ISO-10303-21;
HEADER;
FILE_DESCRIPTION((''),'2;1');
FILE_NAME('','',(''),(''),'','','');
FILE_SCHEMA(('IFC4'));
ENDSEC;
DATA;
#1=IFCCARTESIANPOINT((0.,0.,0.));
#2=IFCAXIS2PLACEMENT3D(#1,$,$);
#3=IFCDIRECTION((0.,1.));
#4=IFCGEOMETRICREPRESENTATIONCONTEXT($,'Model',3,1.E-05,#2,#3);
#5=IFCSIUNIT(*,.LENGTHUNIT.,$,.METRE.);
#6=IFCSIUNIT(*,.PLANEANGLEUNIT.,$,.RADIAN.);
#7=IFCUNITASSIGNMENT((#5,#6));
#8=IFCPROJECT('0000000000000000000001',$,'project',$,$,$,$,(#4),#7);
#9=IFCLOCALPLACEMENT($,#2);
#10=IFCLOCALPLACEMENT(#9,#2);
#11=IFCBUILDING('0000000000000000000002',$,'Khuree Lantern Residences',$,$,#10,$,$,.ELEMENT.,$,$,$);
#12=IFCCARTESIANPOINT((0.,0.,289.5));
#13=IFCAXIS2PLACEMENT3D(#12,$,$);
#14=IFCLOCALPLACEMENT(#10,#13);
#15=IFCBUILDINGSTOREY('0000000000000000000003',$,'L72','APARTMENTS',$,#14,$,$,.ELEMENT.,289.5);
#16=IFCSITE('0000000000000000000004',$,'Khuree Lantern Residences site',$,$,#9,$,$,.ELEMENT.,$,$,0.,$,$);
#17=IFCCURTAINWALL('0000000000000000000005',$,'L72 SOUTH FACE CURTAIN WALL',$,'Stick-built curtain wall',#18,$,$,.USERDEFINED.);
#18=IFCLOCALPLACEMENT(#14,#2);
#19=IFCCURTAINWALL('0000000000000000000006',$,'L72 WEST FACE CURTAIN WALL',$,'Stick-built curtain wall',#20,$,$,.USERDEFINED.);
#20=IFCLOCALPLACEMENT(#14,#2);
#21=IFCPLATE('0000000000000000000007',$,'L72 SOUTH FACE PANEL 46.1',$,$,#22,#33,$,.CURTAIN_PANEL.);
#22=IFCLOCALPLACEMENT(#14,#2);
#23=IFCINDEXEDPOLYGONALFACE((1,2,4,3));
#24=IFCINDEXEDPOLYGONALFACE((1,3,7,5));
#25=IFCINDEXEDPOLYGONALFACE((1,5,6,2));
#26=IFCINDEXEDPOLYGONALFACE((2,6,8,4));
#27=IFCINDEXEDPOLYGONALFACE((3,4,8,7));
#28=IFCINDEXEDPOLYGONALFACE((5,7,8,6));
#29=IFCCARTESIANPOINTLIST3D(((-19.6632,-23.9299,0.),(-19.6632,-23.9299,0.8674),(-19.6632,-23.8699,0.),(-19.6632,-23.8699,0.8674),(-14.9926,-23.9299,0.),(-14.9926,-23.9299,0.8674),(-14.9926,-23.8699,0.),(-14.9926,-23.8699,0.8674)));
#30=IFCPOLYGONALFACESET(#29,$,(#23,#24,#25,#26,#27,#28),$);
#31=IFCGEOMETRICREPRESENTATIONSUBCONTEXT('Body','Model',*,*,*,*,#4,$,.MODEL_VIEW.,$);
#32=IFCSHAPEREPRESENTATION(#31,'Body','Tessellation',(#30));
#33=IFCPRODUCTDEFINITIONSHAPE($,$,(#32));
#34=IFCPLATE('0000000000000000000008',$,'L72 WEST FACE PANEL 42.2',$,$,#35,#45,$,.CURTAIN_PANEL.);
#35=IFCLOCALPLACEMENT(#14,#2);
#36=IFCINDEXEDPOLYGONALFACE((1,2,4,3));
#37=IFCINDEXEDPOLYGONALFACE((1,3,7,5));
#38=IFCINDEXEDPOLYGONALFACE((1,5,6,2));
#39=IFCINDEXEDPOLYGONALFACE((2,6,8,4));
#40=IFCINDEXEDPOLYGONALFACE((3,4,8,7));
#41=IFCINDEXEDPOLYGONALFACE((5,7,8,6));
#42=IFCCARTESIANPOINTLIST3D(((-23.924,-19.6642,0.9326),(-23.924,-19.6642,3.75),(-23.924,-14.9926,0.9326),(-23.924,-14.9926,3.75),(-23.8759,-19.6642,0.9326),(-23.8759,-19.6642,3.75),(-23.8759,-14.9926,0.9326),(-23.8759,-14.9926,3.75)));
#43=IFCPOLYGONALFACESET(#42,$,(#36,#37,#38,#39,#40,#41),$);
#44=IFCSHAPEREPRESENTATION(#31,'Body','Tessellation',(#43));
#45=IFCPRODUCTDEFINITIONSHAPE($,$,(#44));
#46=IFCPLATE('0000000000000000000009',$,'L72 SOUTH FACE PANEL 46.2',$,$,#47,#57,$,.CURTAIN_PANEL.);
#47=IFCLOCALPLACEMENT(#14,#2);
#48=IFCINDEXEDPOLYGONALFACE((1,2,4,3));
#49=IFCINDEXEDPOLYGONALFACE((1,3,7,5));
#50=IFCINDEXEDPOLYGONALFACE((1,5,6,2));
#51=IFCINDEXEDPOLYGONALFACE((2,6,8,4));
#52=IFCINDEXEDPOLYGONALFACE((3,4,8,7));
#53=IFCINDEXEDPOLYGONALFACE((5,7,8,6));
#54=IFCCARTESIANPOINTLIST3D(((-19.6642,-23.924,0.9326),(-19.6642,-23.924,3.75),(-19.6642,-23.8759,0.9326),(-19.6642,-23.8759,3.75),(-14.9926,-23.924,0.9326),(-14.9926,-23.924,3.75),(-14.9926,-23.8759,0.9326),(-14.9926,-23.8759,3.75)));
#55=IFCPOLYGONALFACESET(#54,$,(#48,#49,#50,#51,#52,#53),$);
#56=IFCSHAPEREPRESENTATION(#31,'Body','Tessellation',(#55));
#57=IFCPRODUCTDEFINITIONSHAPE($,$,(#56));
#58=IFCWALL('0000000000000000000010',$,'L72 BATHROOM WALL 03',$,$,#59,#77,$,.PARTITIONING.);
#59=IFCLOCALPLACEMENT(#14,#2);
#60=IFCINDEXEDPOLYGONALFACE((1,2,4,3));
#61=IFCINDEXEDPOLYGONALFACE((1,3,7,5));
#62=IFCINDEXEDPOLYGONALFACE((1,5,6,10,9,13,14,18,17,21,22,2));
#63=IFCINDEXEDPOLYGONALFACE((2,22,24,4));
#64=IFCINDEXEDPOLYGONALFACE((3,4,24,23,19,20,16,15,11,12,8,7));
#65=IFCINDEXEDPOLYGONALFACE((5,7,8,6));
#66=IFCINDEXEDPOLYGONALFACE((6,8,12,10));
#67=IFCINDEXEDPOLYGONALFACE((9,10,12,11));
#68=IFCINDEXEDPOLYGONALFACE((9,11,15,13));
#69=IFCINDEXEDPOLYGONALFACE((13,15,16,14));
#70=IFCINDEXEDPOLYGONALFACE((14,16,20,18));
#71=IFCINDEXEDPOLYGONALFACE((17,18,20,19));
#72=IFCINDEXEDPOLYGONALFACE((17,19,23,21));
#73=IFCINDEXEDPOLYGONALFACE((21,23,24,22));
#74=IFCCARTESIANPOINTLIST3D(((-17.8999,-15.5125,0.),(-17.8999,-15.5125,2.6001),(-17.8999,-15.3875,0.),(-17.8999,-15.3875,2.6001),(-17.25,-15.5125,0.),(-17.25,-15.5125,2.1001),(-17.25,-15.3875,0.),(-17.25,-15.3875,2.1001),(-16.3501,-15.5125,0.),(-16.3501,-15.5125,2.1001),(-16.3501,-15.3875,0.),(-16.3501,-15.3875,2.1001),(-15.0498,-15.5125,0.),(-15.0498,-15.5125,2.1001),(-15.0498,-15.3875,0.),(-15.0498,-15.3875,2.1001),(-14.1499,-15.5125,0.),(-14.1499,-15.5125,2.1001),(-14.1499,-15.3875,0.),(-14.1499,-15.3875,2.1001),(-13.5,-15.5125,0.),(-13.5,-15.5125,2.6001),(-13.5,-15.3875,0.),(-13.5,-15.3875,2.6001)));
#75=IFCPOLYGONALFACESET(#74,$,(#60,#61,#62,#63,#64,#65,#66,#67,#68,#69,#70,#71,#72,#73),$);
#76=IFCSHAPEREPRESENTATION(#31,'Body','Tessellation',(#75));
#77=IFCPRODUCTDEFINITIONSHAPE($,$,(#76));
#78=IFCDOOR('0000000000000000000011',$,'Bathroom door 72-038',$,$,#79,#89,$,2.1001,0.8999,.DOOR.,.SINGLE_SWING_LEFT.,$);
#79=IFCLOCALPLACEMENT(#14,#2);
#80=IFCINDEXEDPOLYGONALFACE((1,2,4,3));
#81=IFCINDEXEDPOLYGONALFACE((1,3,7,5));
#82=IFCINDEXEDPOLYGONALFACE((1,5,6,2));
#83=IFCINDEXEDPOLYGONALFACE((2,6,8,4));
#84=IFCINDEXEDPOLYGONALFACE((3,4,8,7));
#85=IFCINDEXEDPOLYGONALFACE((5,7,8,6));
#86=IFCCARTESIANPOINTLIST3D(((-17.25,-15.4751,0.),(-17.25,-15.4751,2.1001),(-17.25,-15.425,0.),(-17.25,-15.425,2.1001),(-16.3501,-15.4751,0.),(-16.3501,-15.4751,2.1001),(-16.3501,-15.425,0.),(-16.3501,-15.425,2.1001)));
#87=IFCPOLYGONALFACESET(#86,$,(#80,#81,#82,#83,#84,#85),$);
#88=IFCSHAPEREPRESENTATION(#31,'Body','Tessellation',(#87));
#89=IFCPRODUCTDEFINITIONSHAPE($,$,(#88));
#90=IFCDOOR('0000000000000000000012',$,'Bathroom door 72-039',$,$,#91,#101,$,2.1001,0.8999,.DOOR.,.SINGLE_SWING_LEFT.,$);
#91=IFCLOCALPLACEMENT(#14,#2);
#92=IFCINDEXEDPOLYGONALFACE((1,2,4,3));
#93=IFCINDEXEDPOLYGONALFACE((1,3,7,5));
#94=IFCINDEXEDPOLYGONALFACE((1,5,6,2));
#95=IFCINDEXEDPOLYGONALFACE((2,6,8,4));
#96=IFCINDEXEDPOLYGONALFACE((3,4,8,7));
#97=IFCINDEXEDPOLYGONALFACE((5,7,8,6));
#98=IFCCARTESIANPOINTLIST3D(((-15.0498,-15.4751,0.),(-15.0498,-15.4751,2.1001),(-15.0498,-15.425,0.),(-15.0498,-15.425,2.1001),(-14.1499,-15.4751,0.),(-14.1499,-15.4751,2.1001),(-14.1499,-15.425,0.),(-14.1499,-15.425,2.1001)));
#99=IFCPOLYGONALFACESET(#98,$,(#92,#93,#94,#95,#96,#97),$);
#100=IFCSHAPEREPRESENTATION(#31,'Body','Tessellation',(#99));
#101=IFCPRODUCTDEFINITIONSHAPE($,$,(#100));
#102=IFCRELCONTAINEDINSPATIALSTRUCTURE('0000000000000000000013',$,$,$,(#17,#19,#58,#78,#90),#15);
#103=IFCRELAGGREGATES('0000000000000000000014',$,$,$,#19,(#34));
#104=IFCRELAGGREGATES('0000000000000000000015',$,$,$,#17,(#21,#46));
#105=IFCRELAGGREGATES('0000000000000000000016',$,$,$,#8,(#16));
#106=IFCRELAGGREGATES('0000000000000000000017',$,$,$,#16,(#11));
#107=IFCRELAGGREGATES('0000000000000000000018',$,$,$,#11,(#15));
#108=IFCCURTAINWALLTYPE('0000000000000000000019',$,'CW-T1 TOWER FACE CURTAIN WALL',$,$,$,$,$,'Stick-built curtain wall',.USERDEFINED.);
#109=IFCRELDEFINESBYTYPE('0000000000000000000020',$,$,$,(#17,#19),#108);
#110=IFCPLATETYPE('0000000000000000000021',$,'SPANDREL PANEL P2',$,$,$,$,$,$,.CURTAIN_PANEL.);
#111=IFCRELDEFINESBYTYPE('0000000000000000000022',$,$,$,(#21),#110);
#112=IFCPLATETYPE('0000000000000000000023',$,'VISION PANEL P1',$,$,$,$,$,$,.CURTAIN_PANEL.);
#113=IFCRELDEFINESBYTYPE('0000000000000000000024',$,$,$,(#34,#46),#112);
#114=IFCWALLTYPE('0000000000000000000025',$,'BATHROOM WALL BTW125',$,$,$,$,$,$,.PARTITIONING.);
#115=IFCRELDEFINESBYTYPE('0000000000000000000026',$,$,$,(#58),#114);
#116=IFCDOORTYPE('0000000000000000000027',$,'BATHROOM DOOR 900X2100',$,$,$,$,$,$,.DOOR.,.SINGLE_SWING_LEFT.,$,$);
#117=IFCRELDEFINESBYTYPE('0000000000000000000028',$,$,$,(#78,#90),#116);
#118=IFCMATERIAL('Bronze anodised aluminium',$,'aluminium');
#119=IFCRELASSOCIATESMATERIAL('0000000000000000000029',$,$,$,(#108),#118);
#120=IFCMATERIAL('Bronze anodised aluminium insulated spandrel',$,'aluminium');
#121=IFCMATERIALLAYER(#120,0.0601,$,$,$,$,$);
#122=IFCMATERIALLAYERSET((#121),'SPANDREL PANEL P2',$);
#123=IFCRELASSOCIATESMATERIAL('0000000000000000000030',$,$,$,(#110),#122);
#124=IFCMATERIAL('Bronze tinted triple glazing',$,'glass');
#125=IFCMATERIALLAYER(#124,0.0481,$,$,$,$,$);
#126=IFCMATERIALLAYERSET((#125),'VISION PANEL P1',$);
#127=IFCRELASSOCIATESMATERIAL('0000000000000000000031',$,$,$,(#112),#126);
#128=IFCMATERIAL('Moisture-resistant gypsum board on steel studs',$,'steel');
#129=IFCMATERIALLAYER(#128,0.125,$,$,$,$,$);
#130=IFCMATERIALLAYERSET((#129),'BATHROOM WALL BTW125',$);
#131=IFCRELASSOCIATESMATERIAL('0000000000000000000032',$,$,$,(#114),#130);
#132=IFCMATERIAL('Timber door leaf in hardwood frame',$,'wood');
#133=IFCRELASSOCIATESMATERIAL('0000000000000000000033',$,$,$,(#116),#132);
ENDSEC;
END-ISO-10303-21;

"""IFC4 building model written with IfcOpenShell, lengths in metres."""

from ifc_helpers import new_model, si_unit, direction, frame, frame_2d, origin, origin_2d, place, context, subcontext, project, spatial, rectangle, extrude, material, layer, layer_set, type_object, element, fill, aggregate, save


model = new_model("IFC4")

# Units and contexts
model_context = context("Model", 3, precision=1e-05, world=origin(), true_north=direction((0.0, 1.0)))
body_context = subcontext(model_context, "Body", "Model", "MODEL_VIEW")
ifc_project = project(units=[si_unit("LENGTHUNIT", "METRE"), si_unit("PLANEANGLEUNIT", "RADIAN")], contexts=[model_context])

# Site, building, storey
site_placement = place(None, origin())
site = spatial("IfcSite", under=ifc_project, at=site_placement, Name="Khuree Lantern Residences site", CompositionType="ELEMENT", RefElevation=0.0)
building_placement = place(site_placement, origin())
building = spatial("IfcBuilding", under=site, at=building_placement, Name="Khuree Lantern Residences", CompositionType="ELEMENT")
storey_placement = place(building_placement, frame((0.0, 0.0, 289.5)))
storey = spatial("IfcBuildingStorey", under=building, at=storey_placement, Name="L72", Description="APARTMENTS", CompositionType="ELEMENT", Elevation=289.5)

# Curtain wall
ifc_material_1 = material(Name="Bronze anodised aluminium", Category="aluminium")
curtain_wall_type_1 = type_object("IfcCurtainWallType", Name="CW-T1 TOWER FACE CURTAIN WALL", ElementType="Stick-built curtain wall", PredefinedType="USERDEFINED", material=ifc_material_1)
curtain_wall_1_placement = place(storey_placement, origin())
curtain_wall_1 = element("IfcCurtainWall", 1, at=curtain_wall_1_placement, inside=storey, type_object=curtain_wall_type_1, Name="L72 SOUTH FACE CURTAIN WALL", ObjectType="Stick-built curtain wall", PredefinedType="USERDEFINED")

# Curtain wall
curtain_wall_2_placement = place(storey_placement, origin())
curtain_wall_2 = element("IfcCurtainWall", 2, at=curtain_wall_2_placement, inside=storey, type_object=curtain_wall_type_1, Name="L72 WEST FACE CURTAIN WALL", ObjectType="Stick-built curtain wall", PredefinedType="USERDEFINED")

# Plates
ifc_material_2 = material(Name="Bronze tinted triple glazing", Category="glass")
ifc_material_3 = material(Name="Bronze anodised aluminium insulated spandrel", Category="aluminium")
ifc_layer_1 = layer(ifc_material_3, 0.0601)
ifc_layer_set_1 = layer_set([ifc_layer_1], Name="SPANDREL PANEL P2")
plate_type_1 = type_object("IfcPlateType", Name="SPANDREL PANEL P2", PredefinedType="CURTAIN_PANEL", material=ifc_layer_set_1)
plate_1_placement = place(storey_placement, frame((-17.3279, -23.8999, 0.0), z_axis=(0.0, 0.0, 1.0), x_axis=(1.0, 0.0, 0.0)))
plate_1 = element("IfcPlate", 3, at=plate_1_placement, type_object=plate_type_1, Name="L72 SOUTH FACE PANEL 46.1", PredefinedType="CURTAIN_PANEL", context=body_context, shape_type="SweptSolid", body=[
    extrude(rectangle(XDim=4.6707, YDim=0.0601, at=origin_2d()), origin(), (0.0, 0.0, 1.0), 0.8674),
])
ifc_layer_2 = layer(ifc_material_2, 0.0481)
ifc_layer_set_2 = layer_set([ifc_layer_2], Name="VISION PANEL P1")
plate_type_2 = type_object("IfcPlateType", Name="VISION PANEL P1", PredefinedType="CURTAIN_PANEL", material=ifc_layer_set_2)
plate_2_placement = place(storey_placement, frame((-23.8999, -17.3284, 0.9326), z_axis=(0.0, 0.0, 1.0), x_axis=(0.0, -1.0, 0.0)))
plate_2 = element("IfcPlate", 4, at=plate_2_placement, type_object=plate_type_2, Name="L72 WEST FACE PANEL 42.2", PredefinedType="CURTAIN_PANEL", context=body_context, shape_type="SweptSolid", body=[
    extrude(rectangle(XDim=4.6716, YDim=0.0481, at=origin_2d()), origin(), (0.0, 0.0, 1.0), 2.8174),
])
aggregate(curtain_wall_2, [plate_2])
plate_3_placement = place(storey_placement, frame((-17.3284, -23.8999, 0.9326), z_axis=(0.0, 0.0, 1.0), x_axis=(1.0, 0.0, 0.0)))
plate_3 = element("IfcPlate", 5, at=plate_3_placement, type_object=plate_type_2, Name="L72 SOUTH FACE PANEL 46.2", PredefinedType="CURTAIN_PANEL", context=body_context, shape_type="SweptSolid", body=[
    extrude(rectangle(XDim=4.6716, YDim=0.0481, at=origin_2d()), origin(), (0.0, 0.0, 1.0), 2.8174),
])
aggregate(curtain_wall_1, [plate_1, plate_3])

# Wall, openings, doors
ifc_material_4 = material(Name="Moisture-resistant gypsum board on steel studs", Category="steel")
ifc_layer_3 = layer(ifc_material_4, 0.125)
ifc_layer_set_3 = layer_set([ifc_layer_3], Name="BATHROOM WALL BTW125")
wall_type = type_object("IfcWallType", Name="BATHROOM WALL BTW125", PredefinedType="PARTITIONING", material=ifc_layer_set_3)
wall_placement = place(storey_placement, frame((-17.8999, -15.45, 0.0), z_axis=(0.0, 0.0, 1.0), x_axis=(1.0, 0.0, 0.0)))
wall = element("IfcWall", 6, at=wall_placement, inside=storey, type_object=wall_type, Name="L72 BATHROOM WALL 03", PredefinedType="PARTITIONING", context=body_context, shape_type="SweptSolid", body=[
    extrude(rectangle(XDim=4.3999, YDim=0.125, at=frame_2d((2.2, 0.0))), origin(), (0.0, 0.0, 1.0), 2.6001),
])
opening_1_placement = place(wall_placement, frame((0.6499, 0.0, 0.0)))
opening_1 = element("IfcOpeningElement", 7, at=opening_1_placement, cuts=wall, PredefinedType="OPENING", context=body_context, shape_type="SweptSolid", body=[
    extrude(rectangle(XDim=0.8999, YDim=2.1001, at=frame_2d((0.45, 1.05))), frame((0.0, 0.0725, 0.0), z_axis=(0.0, -1.0, 0.0), x_axis=(1.0, 0.0, 0.0)), (0.0, 0.0, 1.0), 0.145),
])
opening_2_placement = place(wall_placement, frame((2.8501, 0.0, 0.0)))
opening_2 = element("IfcOpeningElement", 8, at=opening_2_placement, cuts=wall, PredefinedType="OPENING", context=body_context, shape_type="SweptSolid", body=[
    extrude(rectangle(XDim=0.8999, YDim=2.1001, at=frame_2d((0.45, 1.05))), frame((0.0, 0.0725, 0.0), z_axis=(0.0, -1.0, 0.0), x_axis=(1.0, 0.0, 0.0)), (0.0, 0.0, 1.0), 0.145),
])
ifc_material_5 = material(Name="Timber door leaf in hardwood frame", Category="wood")
door_type = type_object("IfcDoorType", Name="BATHROOM DOOR 900X2100", OperationType="SINGLE_SWING_LEFT", PredefinedType="DOOR", material=ifc_material_5)
door_1_placement = place(opening_1_placement, origin())
door_1 = element("IfcDoor", 9, at=door_1_placement, inside=storey, type_object=door_type, Name="Bathroom door 72-038", OperationType="SINGLE_SWING_LEFT", OverallHeight=2.1001, OverallWidth=0.8999, PredefinedType="DOOR", context=body_context, shape_type="SweptSolid", body=[
    extrude(rectangle(XDim=0.8999, YDim=2.1001, at=frame_2d((0.45, 1.05))), frame((0.0, 0.0249, 0.0), z_axis=(0.0, -1.0, 0.0), x_axis=(1.0, 0.0, 0.0)), (0.0, 0.0, 1.0), 0.05),
])
fill(opening_1, door_1)
door_2_placement = place(opening_2_placement, origin())
door_2 = element("IfcDoor", 10, at=door_2_placement, inside=storey, type_object=door_type, Name="Bathroom door 72-039", OperationType="SINGLE_SWING_LEFT", OverallHeight=2.1001, OverallWidth=0.8999, PredefinedType="DOOR", context=body_context, shape_type="SweptSolid", body=[
    extrude(rectangle(XDim=0.8999, YDim=2.1001, at=frame_2d((0.45, 1.05))), frame((0.0, 0.0249, 0.0), z_axis=(0.0, -1.0, 0.0), x_axis=(1.0, 0.0, 0.0)), (0.0, 0.0, 1.0), 0.05),
])
fill(opening_2, door_2)

save(model, "model.ifc")
